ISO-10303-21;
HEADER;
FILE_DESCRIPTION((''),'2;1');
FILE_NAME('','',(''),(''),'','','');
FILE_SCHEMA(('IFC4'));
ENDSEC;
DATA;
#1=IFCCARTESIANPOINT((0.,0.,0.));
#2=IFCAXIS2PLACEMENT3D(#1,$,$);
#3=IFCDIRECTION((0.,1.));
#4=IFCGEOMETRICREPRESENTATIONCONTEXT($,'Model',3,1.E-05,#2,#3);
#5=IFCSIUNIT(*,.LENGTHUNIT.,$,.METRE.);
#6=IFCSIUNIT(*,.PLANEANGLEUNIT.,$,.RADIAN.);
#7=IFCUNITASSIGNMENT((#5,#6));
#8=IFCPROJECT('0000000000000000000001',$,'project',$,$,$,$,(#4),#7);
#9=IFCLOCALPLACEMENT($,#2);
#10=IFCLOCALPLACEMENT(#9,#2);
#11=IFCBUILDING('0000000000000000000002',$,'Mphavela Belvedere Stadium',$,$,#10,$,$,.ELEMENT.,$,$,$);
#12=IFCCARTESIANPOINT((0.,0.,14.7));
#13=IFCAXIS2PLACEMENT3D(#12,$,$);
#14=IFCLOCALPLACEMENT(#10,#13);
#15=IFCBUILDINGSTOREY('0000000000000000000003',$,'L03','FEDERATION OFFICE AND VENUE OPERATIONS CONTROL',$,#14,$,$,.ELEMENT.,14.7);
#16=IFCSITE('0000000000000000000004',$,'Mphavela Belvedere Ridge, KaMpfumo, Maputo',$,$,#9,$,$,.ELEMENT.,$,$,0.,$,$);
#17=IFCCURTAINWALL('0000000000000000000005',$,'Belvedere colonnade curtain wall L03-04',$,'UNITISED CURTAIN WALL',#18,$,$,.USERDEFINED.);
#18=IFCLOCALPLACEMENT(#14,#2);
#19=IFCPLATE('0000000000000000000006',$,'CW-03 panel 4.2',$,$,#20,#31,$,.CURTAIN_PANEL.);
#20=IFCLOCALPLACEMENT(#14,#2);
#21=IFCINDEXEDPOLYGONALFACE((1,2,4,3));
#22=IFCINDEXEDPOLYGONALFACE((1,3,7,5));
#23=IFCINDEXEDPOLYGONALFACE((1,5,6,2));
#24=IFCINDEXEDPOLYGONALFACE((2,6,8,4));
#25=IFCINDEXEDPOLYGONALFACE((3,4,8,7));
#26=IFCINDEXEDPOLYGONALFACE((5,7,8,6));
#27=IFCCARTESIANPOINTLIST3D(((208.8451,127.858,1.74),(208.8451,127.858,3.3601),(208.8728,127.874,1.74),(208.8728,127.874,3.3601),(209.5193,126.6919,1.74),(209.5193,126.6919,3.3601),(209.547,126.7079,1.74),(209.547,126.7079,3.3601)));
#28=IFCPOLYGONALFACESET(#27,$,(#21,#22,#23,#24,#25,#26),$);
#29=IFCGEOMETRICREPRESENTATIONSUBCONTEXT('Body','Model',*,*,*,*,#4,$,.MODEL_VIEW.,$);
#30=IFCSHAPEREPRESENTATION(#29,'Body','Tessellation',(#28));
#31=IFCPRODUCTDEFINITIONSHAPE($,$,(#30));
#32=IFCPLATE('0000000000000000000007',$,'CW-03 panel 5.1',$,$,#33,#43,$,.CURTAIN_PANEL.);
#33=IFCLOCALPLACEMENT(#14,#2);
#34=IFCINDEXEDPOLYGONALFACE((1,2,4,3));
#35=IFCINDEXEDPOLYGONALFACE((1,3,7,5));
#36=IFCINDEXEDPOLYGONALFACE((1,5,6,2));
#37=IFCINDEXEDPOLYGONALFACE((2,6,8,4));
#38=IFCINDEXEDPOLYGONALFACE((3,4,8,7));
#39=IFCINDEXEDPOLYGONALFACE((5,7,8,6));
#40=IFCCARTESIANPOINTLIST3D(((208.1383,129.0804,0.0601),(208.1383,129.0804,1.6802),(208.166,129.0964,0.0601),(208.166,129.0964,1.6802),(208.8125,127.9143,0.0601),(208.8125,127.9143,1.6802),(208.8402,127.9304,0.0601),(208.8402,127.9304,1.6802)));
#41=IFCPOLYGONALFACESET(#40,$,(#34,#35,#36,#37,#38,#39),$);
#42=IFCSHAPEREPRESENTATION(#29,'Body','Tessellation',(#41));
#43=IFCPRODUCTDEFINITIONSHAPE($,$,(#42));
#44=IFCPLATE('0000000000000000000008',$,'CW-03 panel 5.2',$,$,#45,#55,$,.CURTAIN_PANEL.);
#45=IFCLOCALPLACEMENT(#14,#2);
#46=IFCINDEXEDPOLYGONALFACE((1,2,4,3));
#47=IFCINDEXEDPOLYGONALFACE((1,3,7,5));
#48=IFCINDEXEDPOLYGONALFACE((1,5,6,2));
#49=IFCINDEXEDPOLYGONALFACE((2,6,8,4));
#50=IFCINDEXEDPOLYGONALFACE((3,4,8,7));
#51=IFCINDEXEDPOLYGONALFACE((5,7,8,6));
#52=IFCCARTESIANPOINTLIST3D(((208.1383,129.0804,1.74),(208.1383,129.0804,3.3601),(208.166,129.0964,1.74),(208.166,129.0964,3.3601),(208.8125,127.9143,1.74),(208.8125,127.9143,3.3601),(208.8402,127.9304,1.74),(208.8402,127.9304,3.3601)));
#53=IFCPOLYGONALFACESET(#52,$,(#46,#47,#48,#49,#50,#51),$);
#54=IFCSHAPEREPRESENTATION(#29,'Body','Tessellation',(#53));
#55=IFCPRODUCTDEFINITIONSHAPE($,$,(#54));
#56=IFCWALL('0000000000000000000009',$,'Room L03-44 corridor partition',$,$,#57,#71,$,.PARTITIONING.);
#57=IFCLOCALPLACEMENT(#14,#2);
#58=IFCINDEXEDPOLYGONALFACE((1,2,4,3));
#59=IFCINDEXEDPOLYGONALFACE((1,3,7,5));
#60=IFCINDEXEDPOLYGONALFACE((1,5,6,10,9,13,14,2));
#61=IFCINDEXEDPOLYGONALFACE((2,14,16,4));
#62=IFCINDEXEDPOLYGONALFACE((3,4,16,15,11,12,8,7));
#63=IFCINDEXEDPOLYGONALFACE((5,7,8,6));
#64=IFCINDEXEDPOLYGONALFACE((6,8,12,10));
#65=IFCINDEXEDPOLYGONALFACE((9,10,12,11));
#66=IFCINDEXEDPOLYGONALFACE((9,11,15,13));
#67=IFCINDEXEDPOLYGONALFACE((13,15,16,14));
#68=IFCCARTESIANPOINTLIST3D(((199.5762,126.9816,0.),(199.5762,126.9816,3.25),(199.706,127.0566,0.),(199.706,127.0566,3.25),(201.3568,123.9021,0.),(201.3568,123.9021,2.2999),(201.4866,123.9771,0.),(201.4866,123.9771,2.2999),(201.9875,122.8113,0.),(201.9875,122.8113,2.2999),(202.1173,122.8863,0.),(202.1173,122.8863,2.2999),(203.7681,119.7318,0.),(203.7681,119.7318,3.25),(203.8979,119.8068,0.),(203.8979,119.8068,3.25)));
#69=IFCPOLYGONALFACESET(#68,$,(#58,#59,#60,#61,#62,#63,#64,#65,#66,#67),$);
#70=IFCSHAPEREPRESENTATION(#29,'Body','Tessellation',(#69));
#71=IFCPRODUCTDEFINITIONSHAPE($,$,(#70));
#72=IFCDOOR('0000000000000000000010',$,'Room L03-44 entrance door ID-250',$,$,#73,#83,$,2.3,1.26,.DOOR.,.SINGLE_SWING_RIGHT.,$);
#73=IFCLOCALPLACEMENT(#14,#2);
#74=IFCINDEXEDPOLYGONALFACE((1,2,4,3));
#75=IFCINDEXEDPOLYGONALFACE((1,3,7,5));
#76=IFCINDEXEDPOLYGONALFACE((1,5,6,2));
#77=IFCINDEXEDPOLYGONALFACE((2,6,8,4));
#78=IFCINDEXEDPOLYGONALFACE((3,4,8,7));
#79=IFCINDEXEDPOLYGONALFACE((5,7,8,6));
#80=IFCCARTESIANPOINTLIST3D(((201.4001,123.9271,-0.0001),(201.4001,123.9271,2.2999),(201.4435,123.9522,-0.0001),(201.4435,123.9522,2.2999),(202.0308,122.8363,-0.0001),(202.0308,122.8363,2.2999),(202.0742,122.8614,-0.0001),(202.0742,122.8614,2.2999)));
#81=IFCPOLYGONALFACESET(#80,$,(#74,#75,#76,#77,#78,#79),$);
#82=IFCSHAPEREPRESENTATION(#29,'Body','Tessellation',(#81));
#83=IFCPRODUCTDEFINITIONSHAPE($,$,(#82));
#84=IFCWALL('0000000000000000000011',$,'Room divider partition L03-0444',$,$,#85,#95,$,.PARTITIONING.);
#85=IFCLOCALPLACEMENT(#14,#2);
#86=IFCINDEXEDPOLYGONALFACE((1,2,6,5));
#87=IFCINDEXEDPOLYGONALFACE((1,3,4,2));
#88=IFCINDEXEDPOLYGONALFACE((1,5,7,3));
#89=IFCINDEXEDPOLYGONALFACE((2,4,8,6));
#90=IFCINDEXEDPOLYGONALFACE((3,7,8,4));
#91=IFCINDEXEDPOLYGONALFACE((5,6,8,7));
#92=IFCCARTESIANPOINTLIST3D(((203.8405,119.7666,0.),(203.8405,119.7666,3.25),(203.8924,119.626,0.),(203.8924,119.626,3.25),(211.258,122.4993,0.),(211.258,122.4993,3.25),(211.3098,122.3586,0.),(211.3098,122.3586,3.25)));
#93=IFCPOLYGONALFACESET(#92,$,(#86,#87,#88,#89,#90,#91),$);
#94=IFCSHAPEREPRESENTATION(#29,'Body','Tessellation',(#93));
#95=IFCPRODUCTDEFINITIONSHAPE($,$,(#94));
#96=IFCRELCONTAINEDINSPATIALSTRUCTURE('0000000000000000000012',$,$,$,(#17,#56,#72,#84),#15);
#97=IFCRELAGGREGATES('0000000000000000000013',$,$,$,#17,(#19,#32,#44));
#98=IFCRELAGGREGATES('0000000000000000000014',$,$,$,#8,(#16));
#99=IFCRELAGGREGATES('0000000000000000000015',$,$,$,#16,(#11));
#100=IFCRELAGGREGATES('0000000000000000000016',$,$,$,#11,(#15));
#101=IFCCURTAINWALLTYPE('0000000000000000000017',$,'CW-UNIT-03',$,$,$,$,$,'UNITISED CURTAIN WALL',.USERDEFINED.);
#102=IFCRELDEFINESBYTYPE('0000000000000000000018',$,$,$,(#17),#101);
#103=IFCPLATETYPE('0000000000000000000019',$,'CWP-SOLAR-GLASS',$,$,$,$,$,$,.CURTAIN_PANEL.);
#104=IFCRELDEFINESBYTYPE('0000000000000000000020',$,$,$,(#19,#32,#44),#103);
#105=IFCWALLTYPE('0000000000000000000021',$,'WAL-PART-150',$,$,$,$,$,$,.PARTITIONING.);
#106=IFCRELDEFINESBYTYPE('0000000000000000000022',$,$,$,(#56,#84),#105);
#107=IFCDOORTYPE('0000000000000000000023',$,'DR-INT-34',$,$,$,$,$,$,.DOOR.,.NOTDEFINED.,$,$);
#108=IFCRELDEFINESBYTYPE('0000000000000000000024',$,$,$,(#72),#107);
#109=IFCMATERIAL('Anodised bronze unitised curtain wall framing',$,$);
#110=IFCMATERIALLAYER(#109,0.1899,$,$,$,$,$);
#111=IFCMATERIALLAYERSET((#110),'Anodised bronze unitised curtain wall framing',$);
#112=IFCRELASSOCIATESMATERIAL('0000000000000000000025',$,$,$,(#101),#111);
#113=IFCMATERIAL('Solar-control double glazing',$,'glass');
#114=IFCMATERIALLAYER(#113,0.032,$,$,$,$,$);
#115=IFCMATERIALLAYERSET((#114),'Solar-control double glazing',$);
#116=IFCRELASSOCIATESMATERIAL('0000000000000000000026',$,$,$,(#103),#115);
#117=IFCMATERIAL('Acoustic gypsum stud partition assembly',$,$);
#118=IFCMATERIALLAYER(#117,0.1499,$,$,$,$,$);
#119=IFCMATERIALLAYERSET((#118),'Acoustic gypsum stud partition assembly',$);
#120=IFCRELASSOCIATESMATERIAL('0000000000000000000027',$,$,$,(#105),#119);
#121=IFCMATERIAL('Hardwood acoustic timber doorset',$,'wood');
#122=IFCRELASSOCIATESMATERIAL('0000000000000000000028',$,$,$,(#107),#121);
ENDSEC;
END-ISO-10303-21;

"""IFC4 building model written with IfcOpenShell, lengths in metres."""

from ifc_helpers import new_model, si_unit, direction, frame, frame_2d, origin, origin_2d, place, context, subcontext, project, spatial, rectangle, extrude, material, layer, layer_set, type_object, element, fill, aggregate, save


model = new_model("IFC4")

# Units and contexts
model_context = context("Model", 3, precision=1e-05, world=origin(), true_north=direction((0.0, 1.0)))
body_context = subcontext(model_context, "Body", "Model", "MODEL_VIEW")
ifc_project = project(units=[si_unit("LENGTHUNIT", "METRE"), si_unit("PLANEANGLEUNIT", "RADIAN")], contexts=[model_context])

# Site, building, storey
site_placement = place(None, origin())
site = spatial("IfcSite", under=ifc_project, at=site_placement, Name="Mphavela Belvedere Ridge, KaMpfumo, Maputo", CompositionType="ELEMENT", RefElevation=0.0)
building_placement = place(site_placement, origin())
building = spatial("IfcBuilding", under=site, at=building_placement, Name="Mphavela Belvedere Stadium", CompositionType="ELEMENT")
storey_placement = place(building_placement, frame((0.0, 0.0, 14.7)))
storey = spatial("IfcBuildingStorey", under=building, at=storey_placement, Name="L03", Description="FEDERATION OFFICE AND VENUE OPERATIONS CONTROL", CompositionType="ELEMENT", Elevation=14.7)

# Curtain wall, plates
ifc_material_1 = material(Name="Anodised bronze unitised curtain wall framing")
ifc_layer_1 = layer(ifc_material_1, 0.1899)
ifc_layer_set_1 = layer_set([ifc_layer_1], Name="Anodised bronze unitised curtain wall framing")
curtain_wall_type = type_object("IfcCurtainWallType", Name="CW-UNIT-03", ElementType="UNITISED CURTAIN WALL", PredefinedType="USERDEFINED", material=ifc_layer_set_1)
curtain_wall_placement = place(storey_placement, origin())
curtain_wall = element("IfcCurtainWall", 1, at=curtain_wall_placement, inside=storey, type_object=curtain_wall_type, Name="Belvedere colonnade curtain wall L03-04", ObjectType="UNITISED CURTAIN WALL", PredefinedType="USERDEFINED")
ifc_material_2 = material(Name="Solar-control double glazing", Category="glass")
ifc_layer_2 = layer(ifc_material_2, 0.032)
ifc_layer_set_2 = layer_set([ifc_layer_2], Name="Solar-control double glazing")
plate_type = type_object("IfcPlateType", Name="CWP-SOLAR-GLASS", PredefinedType="CURTAIN_PANEL", material=ifc_layer_set_2)
plate_1_placement = place(storey_placement, frame((209.196, 127.283, 1.74), z_axis=(0.0, 0.0, 1.0), x_axis=(-0.500554, 0.865705, 0.0)))
plate_1 = element("IfcPlate", 2, at=plate_1_placement, type_object=plate_type, Name="CW-03 panel 4.2", PredefinedType="CURTAIN_PANEL", context=body_context, shape_type="SweptSolid", body=[
    extrude(rectangle(XDim=1.3469, YDim=0.032, at=origin_2d()), origin(), (0.0, 0.0, 1.0), 1.6201),
])
plate_2_placement = place(storey_placement, frame((208.4893, 128.5054, 0.0601), z_axis=(0.0, 0.0, 1.0), x_axis=(-0.500554, 0.865705, 0.0)))
plate_2 = element("IfcPlate", 3, at=plate_2_placement, type_object=plate_type, Name="CW-03 panel 5.1", PredefinedType="CURTAIN_PANEL", context=body_context, shape_type="SweptSolid", body=[
    extrude(rectangle(XDim=1.3469, YDim=0.032, at=origin_2d()), origin(), (0.0, 0.0, 1.0), 1.6201),
])
plate_3_placement = place(storey_placement, frame((208.4893, 128.5054, 1.74), z_axis=(0.0, 0.0, 1.0), x_axis=(-0.500554, 0.865705, 0.0)))
plate_3 = element("IfcPlate", 4, at=plate_3_placement, type_object=plate_type, Name="CW-03 panel 5.2", PredefinedType="CURTAIN_PANEL", context=body_context, shape_type="SweptSolid", body=[
    extrude(rectangle(XDim=1.3469, YDim=0.032, at=origin_2d()), origin(), (0.0, 0.0, 1.0), 1.6201),
])
aggregate(curtain_wall, [plate_1, plate_2, plate_3])

# Wall, opening, door
ifc_material_3 = material(Name="Acoustic gypsum stud partition assembly")
ifc_layer_3 = layer(ifc_material_3, 0.1499)
ifc_layer_set_3 = layer_set([ifc_layer_3], Name="Acoustic gypsum stud partition assembly")
wall_type = type_object("IfcWallType", Name="WAL-PART-150", PredefinedType="PARTITIONING", material=ifc_layer_set_3)
wall_1_placement = place(storey_placement, frame((203.833, 119.7693, 0.0), z_axis=(0.0, 0.0, 1.0), x_axis=(-0.500559, 0.865702, 0.0)))
wall_1 = element("IfcWall", 5, at=wall_1_placement, inside=storey, type_object=wall_type, Name="Room L03-44 corridor partition", PredefinedType="PARTITIONING", context=body_context, shape_type="SweptSolid", body=[
    extrude(rectangle(XDim=8.3745, YDim=0.1499, at=frame_2d((4.1873, 0.0))), origin(), (0.0, 0.0, 1.0), 3.25),
])
opening_placement = place(wall_1_placement, frame((3.5574, 0.0, 0.0)))
opening = element("IfcOpeningElement", 6, at=opening_placement, cuts=wall_1, PredefinedType="OPENING", context=body_context, shape_type="SweptSolid", body=[
    extrude(rectangle(XDim=1.26, YDim=2.3, at=frame_2d((0.6299, 1.1499))), frame((0.0, 0.085, 0.0), z_axis=(0.0, -1.0, 0.0), x_axis=(1.0, 0.0, 0.0)), (0.0, 0.0, 1.0), 0.1699),
])
ifc_material_4 = material(Name="Hardwood acoustic timber doorset", Category="wood")
door_type = type_object("IfcDoorType", Name="DR-INT-34", OperationType="NOTDEFINED", PredefinedType="DOOR", material=ifc_material_4)
door_placement = place(opening_placement, origin())
door = element("IfcDoor", 7, at=door_placement, inside=storey, type_object=door_type, Name="Room L03-44 entrance door ID-250", OperationType="SINGLE_SWING_RIGHT", OverallHeight=2.3, OverallWidth=1.26, PredefinedType="DOOR", context=body_context, shape_type="SweptSolid", body=[
    extrude(rectangle(XDim=1.26, YDim=2.3, at=frame_2d((0.6299, 1.1499))), frame((0.0, 0.0249, 0.0), z_axis=(0.0, -1.0, 0.0), x_axis=(1.0, 0.0, 0.0)), (0.0, 0.0, 1.0), 0.05),
])
fill(opening, door)

# Wall
wall_2_placement = place(storey_placement, frame((203.8665, 119.6963, 0.0), z_axis=(0.0, 0.0, 1.0), x_axis=(0.938347, 0.345695, 0.0)))
element("IfcWall", 8, at=wall_2_placement, inside=storey, type_object=wall_type, Name="Room divider partition L03-0444", PredefinedType="PARTITIONING", context=body_context, shape_type="SweptSolid", body=[
    extrude(rectangle(XDim=7.9048, YDim=0.1499, at=frame_2d((3.9524, 0.0))), origin(), (0.0, 0.0, 1.0), 3.25),
])

save(model, "model.ifc")
